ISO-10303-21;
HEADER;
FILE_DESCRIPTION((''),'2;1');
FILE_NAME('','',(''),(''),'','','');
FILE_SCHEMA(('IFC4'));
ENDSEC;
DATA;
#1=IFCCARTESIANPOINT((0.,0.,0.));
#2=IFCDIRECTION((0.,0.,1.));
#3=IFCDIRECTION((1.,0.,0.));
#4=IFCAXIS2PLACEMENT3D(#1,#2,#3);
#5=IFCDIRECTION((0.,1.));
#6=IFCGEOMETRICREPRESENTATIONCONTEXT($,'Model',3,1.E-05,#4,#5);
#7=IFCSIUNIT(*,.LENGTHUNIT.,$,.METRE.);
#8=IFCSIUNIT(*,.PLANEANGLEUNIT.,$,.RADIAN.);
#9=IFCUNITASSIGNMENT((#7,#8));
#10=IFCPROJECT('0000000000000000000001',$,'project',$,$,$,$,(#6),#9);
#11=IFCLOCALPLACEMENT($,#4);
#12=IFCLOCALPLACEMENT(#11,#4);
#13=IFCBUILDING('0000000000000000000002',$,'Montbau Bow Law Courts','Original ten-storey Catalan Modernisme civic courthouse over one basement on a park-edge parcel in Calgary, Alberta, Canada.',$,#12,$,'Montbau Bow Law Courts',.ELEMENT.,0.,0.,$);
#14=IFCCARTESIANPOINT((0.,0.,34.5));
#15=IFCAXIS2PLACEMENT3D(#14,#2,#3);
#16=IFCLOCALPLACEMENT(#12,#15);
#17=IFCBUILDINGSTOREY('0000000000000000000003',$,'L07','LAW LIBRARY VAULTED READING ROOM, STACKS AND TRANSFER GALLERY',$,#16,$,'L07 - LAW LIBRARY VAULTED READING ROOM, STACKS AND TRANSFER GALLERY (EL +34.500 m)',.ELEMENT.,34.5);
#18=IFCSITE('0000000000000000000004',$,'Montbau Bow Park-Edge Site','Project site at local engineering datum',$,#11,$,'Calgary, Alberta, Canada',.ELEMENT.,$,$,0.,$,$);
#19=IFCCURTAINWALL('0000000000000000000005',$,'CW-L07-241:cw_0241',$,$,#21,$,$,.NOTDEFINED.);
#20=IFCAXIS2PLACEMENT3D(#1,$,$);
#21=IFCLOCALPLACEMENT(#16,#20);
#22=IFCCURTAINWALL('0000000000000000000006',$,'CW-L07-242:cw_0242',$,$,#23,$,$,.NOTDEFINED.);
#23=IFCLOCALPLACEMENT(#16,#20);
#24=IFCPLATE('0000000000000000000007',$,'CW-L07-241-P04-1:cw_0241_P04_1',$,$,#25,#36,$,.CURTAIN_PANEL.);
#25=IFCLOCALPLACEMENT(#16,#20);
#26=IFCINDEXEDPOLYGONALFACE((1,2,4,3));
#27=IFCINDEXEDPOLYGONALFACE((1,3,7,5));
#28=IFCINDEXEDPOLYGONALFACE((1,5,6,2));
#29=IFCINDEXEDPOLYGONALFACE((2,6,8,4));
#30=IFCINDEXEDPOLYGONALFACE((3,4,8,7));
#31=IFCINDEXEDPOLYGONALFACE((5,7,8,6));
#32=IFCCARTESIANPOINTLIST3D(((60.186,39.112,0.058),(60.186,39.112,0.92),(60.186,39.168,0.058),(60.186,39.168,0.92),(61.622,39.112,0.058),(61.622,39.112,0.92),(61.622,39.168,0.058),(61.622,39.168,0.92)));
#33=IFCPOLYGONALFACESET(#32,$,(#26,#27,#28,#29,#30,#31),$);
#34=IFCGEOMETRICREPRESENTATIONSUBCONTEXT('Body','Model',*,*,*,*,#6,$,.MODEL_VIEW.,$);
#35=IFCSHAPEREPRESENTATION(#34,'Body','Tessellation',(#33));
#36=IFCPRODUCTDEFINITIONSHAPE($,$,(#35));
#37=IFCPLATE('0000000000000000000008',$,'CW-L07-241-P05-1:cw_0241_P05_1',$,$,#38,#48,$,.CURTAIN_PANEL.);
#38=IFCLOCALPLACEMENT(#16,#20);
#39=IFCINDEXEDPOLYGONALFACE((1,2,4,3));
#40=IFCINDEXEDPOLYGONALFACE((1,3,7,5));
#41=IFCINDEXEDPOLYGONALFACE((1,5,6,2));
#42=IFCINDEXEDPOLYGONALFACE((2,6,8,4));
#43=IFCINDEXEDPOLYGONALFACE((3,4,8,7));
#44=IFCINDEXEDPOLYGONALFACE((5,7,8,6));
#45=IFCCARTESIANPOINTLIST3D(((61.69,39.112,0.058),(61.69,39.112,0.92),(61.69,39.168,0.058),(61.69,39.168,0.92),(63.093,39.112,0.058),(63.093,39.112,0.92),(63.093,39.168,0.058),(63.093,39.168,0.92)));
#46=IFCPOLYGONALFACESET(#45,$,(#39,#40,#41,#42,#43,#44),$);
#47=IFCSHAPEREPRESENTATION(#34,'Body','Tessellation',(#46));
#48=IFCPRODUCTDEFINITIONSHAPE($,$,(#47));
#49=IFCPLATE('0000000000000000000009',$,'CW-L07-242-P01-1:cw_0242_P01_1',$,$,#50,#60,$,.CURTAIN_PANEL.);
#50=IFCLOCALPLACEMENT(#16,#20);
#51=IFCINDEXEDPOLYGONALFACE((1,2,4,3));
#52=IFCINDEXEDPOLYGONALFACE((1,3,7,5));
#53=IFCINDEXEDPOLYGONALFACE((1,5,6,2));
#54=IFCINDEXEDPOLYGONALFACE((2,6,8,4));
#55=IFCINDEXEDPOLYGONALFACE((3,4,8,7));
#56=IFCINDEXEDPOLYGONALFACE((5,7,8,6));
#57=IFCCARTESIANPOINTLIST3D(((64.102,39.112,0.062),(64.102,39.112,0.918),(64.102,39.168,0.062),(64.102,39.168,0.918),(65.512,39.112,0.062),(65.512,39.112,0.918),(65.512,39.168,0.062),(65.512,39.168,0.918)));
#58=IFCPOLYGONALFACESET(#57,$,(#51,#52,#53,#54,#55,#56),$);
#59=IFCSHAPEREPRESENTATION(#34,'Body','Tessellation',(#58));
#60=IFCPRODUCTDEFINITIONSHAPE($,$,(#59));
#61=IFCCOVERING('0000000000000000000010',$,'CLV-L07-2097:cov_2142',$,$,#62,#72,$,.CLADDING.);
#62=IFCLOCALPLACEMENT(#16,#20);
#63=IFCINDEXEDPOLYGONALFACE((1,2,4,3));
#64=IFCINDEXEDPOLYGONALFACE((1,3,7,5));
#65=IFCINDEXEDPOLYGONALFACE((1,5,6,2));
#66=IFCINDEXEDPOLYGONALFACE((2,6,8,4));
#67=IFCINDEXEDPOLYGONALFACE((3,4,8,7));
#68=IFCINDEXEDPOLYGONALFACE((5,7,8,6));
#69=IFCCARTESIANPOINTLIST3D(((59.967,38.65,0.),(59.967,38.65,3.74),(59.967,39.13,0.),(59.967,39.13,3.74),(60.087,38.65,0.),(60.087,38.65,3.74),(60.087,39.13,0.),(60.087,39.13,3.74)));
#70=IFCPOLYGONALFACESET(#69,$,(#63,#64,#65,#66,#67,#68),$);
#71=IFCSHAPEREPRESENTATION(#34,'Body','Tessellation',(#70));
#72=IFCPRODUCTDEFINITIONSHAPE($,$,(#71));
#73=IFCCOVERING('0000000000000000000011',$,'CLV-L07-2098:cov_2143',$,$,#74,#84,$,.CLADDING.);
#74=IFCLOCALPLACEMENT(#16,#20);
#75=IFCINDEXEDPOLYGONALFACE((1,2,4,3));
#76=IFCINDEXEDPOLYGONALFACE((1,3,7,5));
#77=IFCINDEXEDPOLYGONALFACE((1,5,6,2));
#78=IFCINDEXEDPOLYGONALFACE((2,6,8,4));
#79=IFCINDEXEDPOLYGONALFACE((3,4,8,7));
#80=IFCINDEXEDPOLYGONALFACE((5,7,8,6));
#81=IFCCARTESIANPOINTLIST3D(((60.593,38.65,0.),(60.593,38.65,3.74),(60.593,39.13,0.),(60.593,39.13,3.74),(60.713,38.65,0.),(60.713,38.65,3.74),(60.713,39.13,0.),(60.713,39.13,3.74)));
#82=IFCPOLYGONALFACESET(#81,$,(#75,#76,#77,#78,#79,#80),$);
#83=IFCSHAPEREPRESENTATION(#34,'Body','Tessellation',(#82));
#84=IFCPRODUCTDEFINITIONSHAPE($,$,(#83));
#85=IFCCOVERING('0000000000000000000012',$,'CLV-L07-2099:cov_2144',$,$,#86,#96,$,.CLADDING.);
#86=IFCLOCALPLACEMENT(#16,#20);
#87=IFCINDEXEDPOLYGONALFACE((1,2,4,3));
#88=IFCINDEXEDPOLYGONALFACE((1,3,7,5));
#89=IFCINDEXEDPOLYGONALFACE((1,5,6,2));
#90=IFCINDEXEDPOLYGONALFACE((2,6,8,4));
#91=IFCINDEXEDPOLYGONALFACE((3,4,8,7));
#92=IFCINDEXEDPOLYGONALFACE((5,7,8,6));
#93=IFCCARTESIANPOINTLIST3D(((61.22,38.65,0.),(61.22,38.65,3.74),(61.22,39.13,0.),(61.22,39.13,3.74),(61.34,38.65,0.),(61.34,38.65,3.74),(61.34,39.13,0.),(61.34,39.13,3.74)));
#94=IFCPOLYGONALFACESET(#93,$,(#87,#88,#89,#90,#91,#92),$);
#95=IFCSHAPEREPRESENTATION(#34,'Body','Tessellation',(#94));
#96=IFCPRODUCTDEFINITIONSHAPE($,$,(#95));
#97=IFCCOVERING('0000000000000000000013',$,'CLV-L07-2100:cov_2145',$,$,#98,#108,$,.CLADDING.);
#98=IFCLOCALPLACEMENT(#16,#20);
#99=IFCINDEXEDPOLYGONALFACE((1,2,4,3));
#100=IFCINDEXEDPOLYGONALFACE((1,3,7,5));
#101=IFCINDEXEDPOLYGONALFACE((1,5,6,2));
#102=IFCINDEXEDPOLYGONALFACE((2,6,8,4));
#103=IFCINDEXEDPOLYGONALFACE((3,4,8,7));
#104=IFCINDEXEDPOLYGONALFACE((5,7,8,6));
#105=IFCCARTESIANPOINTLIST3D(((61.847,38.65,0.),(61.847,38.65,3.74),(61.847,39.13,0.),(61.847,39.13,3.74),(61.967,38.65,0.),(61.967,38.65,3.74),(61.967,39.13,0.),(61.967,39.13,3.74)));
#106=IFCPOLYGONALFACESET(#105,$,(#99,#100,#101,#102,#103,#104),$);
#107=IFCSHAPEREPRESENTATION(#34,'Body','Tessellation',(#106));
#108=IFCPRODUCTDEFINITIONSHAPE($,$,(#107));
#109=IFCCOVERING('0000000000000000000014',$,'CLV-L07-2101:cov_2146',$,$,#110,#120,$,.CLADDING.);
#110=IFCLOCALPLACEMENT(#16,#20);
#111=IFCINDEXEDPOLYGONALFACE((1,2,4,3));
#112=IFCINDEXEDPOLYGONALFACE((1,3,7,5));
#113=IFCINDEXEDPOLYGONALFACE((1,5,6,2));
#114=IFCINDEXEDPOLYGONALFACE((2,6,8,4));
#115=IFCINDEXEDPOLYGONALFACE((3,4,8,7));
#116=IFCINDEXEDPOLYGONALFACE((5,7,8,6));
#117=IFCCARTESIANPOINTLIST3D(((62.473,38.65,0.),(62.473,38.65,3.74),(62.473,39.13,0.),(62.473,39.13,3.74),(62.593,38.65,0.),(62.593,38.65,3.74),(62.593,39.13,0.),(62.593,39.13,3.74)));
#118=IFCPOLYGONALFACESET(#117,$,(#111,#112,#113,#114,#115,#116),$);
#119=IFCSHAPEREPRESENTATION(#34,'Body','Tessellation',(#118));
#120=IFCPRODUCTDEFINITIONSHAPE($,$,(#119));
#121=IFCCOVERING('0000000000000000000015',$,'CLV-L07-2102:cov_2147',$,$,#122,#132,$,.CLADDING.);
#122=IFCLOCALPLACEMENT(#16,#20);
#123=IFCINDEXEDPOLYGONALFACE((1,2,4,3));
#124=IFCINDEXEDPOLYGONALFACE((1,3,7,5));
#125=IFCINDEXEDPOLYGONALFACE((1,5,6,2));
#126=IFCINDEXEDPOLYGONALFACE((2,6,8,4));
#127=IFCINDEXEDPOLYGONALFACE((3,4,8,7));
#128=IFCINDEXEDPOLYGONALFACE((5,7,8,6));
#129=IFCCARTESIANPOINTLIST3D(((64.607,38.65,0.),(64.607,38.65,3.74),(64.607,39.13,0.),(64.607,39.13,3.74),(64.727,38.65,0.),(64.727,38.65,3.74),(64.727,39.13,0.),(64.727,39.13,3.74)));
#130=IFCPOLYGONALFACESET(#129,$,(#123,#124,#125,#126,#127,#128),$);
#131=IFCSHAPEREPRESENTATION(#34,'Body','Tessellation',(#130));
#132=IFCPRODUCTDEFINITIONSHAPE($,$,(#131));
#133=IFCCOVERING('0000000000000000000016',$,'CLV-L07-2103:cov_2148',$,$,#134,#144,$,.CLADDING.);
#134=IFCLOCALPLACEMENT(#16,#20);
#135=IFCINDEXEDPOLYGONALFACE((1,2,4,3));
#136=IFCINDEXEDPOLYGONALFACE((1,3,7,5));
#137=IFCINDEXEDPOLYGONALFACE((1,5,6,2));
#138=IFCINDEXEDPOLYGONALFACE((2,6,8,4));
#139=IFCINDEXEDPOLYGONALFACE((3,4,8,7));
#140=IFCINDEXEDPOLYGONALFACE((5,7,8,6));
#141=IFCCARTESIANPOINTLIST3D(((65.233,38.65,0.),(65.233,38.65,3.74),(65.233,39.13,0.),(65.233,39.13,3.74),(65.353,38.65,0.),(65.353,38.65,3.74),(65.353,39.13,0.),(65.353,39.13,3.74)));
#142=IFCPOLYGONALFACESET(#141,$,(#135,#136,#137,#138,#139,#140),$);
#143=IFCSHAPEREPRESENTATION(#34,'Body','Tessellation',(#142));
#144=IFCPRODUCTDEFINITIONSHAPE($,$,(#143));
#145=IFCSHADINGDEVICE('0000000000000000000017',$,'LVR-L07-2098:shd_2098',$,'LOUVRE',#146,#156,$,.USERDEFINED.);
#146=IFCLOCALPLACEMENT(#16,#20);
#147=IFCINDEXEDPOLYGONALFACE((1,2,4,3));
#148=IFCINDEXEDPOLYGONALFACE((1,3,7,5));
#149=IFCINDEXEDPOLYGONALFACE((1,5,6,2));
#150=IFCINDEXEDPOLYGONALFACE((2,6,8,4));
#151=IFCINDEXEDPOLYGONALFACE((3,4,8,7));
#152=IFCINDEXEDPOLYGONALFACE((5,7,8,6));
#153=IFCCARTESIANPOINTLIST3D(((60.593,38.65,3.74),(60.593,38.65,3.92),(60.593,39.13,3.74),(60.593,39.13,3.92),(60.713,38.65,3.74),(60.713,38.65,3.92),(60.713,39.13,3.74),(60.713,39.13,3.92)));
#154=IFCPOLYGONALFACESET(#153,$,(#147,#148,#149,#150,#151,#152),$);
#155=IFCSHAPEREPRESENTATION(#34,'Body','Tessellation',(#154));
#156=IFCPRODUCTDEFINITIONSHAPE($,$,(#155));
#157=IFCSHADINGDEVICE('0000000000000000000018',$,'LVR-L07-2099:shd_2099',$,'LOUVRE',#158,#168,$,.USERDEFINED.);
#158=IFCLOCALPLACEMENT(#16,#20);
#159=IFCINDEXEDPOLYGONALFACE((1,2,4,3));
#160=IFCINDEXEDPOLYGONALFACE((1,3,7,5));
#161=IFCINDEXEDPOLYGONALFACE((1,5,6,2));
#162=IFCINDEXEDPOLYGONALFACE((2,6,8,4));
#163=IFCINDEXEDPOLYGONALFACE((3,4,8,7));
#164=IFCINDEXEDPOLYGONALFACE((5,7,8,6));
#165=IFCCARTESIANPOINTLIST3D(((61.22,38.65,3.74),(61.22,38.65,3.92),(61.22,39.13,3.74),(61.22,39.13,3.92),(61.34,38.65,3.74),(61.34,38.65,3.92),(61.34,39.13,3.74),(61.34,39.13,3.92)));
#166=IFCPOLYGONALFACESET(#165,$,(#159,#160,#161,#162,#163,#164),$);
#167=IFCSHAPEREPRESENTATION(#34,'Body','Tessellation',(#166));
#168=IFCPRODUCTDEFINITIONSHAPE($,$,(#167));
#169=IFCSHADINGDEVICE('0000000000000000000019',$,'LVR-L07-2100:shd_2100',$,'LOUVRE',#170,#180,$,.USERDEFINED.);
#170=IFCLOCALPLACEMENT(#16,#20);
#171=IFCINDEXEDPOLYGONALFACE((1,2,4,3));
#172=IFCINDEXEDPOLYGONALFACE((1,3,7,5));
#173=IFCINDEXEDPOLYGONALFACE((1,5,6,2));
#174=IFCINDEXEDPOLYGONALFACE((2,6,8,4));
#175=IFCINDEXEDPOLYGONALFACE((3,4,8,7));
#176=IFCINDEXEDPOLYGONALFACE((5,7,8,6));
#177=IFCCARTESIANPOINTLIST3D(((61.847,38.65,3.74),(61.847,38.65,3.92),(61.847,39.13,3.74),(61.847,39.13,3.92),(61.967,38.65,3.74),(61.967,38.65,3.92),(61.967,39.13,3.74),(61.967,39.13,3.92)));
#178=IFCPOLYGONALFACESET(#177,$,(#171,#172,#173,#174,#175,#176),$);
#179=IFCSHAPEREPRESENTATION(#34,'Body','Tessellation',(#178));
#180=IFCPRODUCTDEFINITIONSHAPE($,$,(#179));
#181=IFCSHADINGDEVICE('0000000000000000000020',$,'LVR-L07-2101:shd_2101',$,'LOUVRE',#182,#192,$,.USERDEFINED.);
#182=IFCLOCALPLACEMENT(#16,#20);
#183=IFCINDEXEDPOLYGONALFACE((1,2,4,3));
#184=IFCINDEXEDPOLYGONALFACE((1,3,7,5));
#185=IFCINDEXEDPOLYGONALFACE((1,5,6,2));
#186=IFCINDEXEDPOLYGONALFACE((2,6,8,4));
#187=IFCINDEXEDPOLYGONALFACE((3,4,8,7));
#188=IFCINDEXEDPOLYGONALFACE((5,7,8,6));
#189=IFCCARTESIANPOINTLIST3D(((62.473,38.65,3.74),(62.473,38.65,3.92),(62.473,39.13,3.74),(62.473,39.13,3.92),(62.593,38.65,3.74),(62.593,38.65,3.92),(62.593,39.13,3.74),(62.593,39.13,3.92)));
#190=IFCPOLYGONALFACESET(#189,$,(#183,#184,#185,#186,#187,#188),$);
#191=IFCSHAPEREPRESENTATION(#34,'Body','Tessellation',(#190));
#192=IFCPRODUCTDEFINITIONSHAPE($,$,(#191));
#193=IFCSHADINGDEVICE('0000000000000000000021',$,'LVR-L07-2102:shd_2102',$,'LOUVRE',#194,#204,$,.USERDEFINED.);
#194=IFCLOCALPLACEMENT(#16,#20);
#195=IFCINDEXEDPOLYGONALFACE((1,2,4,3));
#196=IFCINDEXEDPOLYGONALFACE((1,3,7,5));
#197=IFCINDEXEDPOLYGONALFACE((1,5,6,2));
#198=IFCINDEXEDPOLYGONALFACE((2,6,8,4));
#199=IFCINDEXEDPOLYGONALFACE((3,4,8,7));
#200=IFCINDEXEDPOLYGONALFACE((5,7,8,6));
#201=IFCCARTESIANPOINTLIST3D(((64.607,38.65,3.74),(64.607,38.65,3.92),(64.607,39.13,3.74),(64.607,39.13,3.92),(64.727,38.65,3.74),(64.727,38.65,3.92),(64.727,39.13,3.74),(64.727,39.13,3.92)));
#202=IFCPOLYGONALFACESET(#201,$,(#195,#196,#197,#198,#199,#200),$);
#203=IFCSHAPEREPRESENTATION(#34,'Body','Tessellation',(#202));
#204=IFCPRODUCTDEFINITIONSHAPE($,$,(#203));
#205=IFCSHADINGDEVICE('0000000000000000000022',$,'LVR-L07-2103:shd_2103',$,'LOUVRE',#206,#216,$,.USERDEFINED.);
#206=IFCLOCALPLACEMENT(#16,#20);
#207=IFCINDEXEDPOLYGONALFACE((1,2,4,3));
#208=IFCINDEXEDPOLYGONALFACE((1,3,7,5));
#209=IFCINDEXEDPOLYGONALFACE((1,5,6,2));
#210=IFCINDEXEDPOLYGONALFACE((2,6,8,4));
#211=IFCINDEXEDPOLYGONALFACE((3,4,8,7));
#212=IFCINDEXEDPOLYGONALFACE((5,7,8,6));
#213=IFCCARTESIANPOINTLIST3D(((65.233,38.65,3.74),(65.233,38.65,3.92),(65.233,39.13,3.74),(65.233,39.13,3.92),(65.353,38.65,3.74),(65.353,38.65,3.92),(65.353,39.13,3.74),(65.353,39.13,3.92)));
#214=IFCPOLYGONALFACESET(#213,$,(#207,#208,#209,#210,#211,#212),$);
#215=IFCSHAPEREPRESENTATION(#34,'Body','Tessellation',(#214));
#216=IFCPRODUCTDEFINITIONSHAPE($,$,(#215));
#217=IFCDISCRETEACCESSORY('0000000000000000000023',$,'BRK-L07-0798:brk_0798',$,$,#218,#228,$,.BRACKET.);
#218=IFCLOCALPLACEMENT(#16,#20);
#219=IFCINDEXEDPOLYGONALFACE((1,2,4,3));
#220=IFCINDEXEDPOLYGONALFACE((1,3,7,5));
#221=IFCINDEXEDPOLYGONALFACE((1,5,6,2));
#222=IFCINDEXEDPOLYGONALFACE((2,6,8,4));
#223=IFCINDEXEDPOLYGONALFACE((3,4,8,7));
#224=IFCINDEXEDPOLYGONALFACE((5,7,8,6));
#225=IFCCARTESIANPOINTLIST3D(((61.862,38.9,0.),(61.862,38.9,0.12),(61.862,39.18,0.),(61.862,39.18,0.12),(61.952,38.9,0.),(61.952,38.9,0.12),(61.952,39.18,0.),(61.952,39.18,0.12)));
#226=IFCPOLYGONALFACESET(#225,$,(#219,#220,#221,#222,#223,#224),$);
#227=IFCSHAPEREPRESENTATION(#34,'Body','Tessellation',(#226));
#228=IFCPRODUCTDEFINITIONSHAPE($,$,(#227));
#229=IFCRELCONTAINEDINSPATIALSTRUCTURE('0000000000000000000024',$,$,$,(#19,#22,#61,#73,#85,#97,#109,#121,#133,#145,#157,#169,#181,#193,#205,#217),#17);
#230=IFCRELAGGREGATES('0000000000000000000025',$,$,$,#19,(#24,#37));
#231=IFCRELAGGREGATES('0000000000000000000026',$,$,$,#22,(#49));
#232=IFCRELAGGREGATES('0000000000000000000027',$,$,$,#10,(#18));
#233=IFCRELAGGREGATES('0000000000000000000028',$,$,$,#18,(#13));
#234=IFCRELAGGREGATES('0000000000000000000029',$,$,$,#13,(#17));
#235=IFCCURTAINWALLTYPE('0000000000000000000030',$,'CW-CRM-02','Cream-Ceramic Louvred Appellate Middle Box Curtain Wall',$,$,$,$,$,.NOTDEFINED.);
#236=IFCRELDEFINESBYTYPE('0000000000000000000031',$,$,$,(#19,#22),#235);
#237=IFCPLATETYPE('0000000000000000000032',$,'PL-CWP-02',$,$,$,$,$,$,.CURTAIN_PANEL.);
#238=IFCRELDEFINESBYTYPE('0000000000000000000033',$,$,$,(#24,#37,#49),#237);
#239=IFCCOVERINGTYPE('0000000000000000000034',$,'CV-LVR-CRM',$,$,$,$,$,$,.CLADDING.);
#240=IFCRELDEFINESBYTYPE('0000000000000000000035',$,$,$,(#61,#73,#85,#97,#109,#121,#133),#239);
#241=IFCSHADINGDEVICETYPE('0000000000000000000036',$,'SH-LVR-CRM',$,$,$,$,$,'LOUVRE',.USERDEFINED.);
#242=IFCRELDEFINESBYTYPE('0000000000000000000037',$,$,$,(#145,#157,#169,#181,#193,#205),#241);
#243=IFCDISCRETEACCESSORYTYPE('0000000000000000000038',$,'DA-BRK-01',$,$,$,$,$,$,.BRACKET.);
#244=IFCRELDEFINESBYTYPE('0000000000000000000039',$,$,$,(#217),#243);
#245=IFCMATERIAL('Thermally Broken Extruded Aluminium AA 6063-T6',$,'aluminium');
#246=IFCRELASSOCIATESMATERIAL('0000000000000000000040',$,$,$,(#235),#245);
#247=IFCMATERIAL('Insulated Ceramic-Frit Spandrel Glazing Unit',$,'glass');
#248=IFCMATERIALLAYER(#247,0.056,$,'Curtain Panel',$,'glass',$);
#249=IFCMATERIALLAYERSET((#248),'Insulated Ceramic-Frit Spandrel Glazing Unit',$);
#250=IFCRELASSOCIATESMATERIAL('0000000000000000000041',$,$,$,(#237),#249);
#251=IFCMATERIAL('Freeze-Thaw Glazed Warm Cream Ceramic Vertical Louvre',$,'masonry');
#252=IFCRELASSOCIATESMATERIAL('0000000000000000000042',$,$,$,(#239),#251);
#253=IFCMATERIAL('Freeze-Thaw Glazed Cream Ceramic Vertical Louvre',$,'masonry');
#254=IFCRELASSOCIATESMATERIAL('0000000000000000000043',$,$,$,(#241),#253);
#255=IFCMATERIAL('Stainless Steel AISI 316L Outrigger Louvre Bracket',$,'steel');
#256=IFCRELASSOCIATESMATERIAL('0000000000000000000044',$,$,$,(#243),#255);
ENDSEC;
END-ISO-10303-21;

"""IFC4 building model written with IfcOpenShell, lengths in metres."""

from ifc_helpers import new_model, si_unit, direction, frame, frame_2d, origin_with_axes, origin_2d_with_axis, place, context, subcontext, project, spatial, rectangle, extrude, material, layer, layer_set, type_object, element, aggregate, save


model = new_model("IFC4")

# Units and contexts
model_context = context("Model", 3, precision=1e-05, world=origin_with_axes(), true_north=direction((0.0, 1.0)))
body_context = subcontext(model_context, "Body", "Model", "MODEL_VIEW")
ifc_project = project(units=[si_unit("LENGTHUNIT", "METRE"), si_unit("PLANEANGLEUNIT", "RADIAN")], contexts=[model_context])

# Site, building, storey
site_placement = place(None, origin_with_axes())
site = spatial("IfcSite", under=ifc_project, at=site_placement, Name="Montbau Bow Park-Edge Site", Description="Project site at local engineering datum", LongName="Calgary, Alberta, Canada", CompositionType="ELEMENT", RefElevation=0.0)
building_placement = place(site_placement, origin_with_axes())
building = spatial("IfcBuilding", under=site, at=building_placement, Name="Montbau Bow Law Courts", Description="Original ten-storey Catalan Modernisme civic courthouse over one basement on a park-edge parcel in Calgary, Alberta, Canada.", LongName="Montbau Bow Law Courts", CompositionType="ELEMENT", ElevationOfRefHeight=0.0, ElevationOfTerrain=0.0)
storey_placement = place(building_placement, frame((0.0, 0.0, 34.5), z_axis=(0.0, 0.0, 1.0), x_axis=(1.0, 0.0, 0.0)))
storey = spatial("IfcBuildingStorey", under=building, at=storey_placement, Name="L07", Description="LAW LIBRARY VAULTED READING ROOM, STACKS AND TRANSFER GALLERY", LongName="L07 - LAW LIBRARY VAULTED READING ROOM, STACKS AND TRANSFER GALLERY (EL +34.500 m)", CompositionType="ELEMENT", Elevation=34.5)

# Curtain wall
ifc_material_1 = material(Name="Thermally Broken Extruded Aluminium AA 6063-T6", Category="aluminium")
curtain_wall_type = type_object("IfcCurtainWallType", Name="CW-CRM-02", Description="Cream-Ceramic Louvred Appellate Middle Box Curtain Wall", PredefinedType="NOTDEFINED", material=ifc_material_1)
curtain_wall_1_placement = place(None, frame((55.64, 39.14, 34.5), z_axis=(0.0, 0.0, 1.0), x_axis=(1.0, 0.0, 0.0)))
curtain_wall_1 = element("IfcCurtainWall", 1, at=curtain_wall_1_placement, inside=storey, type_object=curtain_wall_type, Name="CW-L07-241:cw_0241", PredefinedType="NOTDEFINED")

# Curtain wall
curtain_wall_2_placement = place(None, frame((64.04, 39.14, 34.5), z_axis=(0.0, 0.0, 1.0), x_axis=(1.0, 0.0, 0.0)))
curtain_wall_2 = element("IfcCurtainWall", 2, at=curtain_wall_2_placement, inside=storey, type_object=curtain_wall_type, Name="CW-L07-242:cw_0242", PredefinedType="NOTDEFINED")

# Plates
ifc_material_2 = material(Name="Insulated Ceramic-Frit Spandrel Glazing Unit", Category="glass")
ifc_layer_1 = layer(ifc_material_2, 0.056, Name="Curtain Panel", Category="glass")
ifc_layer_set_1 = layer_set([ifc_layer_1], Name="Insulated Ceramic-Frit Spandrel Glazing Unit")
plate_type_1 = type_object("IfcPlateType", Name="PL-CWP-02", PredefinedType="CURTAIN_PANEL", material=ifc_layer_set_1)
plate_1_placement = place(None, frame((60.186, 39.14, 34.558), z_axis=(0.0, -1.0, 0.0), x_axis=(1.0, 0.0, 0.0)))
plate_1 = element("IfcPlate", 3, at=plate_1_placement, type_object=plate_type_1, Name="CW-L07-241-P04-1:cw_0241_P04_1", PredefinedType="CURTAIN_PANEL", context=body_context, shape_type="SweptSolid", body=[
    extrude(rectangle(XDim=1.436, YDim=0.862, at=frame_2d((0.718, 0.431), x_axis=(1.0, 0.0))), frame((0.0, 0.0, -0.028), z_axis=(0.0, 0.0, 1.0), x_axis=(1.0, 0.0, 0.0)), (0.0, 0.0, 1.0), 0.056),
])
plate_2_placement = place(None, frame((61.69, 39.14, 34.558), z_axis=(0.0, -1.0, 0.0), x_axis=(1.0, 0.0, 0.0)))
plate_2 = element("IfcPlate", 4, at=plate_2_placement, type_object=plate_type_1, Name="CW-L07-241-P05-1:cw_0241_P05_1", PredefinedType="CURTAIN_PANEL", context=body_context, shape_type="SweptSolid", body=[
    extrude(rectangle(XDim=1.403, YDim=0.862, at=frame_2d((0.7015, 0.431), x_axis=(1.0, 0.0))), frame((0.0, 0.0, -0.028), z_axis=(0.0, 0.0, 1.0), x_axis=(1.0, 0.0, 0.0)), (0.0, 0.0, 1.0), 0.056),
])
aggregate(curtain_wall_1, [plate_1, plate_2])
plate_3_placement = place(None, frame((64.102, 39.14, 34.562), z_axis=(0.0, -1.0, 0.0), x_axis=(1.0, 0.0, 0.0)))
plate_3 = element("IfcPlate", 5, at=plate_3_placement, type_object=plate_type_1, Name="CW-L07-242-P01-1:cw_0242_P01_1", PredefinedType="CURTAIN_PANEL", context=body_context, shape_type="SweptSolid", body=[
    extrude(rectangle(XDim=1.41, YDim=0.856, at=frame_2d((0.705, 0.428), x_axis=(1.0, 0.0))), frame((0.0, 0.0, -0.028), z_axis=(0.0, 0.0, 1.0), x_axis=(1.0, 0.0, 0.0)), (0.0, 0.0, 1.0), 0.056),
])
aggregate(curtain_wall_2, [plate_3])

# Coverings
ifc_material_3 = material(Name="Freeze-Thaw Glazed Warm Cream Ceramic Vertical Louvre", Category="masonry")
covering_type = type_object("IfcCoveringType", Name="CV-LVR-CRM", PredefinedType="CLADDING", material=ifc_material_3)
for number, where, z_axis, x_axis, name in (
    (6, (60.027, 39.13, 34.5), (-1.0, 0.0, 0.0), (0.0, -1.0, 0.0), "CLV-L07-2097:cov_2142"),
    (7, (60.653, 39.13, 34.5), (-1.0, 0.0, 0.0), (0.0, -1.0, 0.0), "CLV-L07-2098:cov_2143"),
    (8, (61.28, 39.13, 34.5), (-1.0, 0.0, 0.0), (0.0, -1.0, 0.0), "CLV-L07-2099:cov_2144"),
    (9, (61.907, 39.13, 34.5), (-1.0, 0.0, 0.0), (0.0, -1.0, 0.0), "CLV-L07-2100:cov_2145"),
    (10, (62.533, 39.13, 34.5), (-1.0, 0.0, 0.0), (0.0, -1.0, 0.0), "CLV-L07-2101:cov_2146"),
    (11, (64.667, 39.13, 34.5), (-1.0, 0.0, 0.0), (0.0, -1.0, 0.0), "CLV-L07-2102:cov_2147"),
    (12, (65.293, 39.13, 34.5), (-1.0, 0.0, 0.0), (0.0, -1.0, 0.0), "CLV-L07-2103:cov_2148"),
):
    element("IfcCovering", number, at=place(None, frame(where, z_axis=z_axis, x_axis=x_axis)), inside=storey, type_object=covering_type, Name=name, PredefinedType="CLADDING", context=body_context, shape_type="SweptSolid", body=[
        extrude(rectangle(XDim=0.48, YDim=3.74, at=frame_2d((0.24, 1.87), x_axis=(1.0, 0.0))), frame((0.0, 0.0, -0.06), z_axis=(0.0, 0.0, 1.0), x_axis=(1.0, 0.0, 0.0)), (0.0, 0.0, 1.0), 0.12),
    ])

# Shading devices
ifc_material_4 = material(Name="Freeze-Thaw Glazed Cream Ceramic Vertical Louvre", Category="masonry")
shading_device_type = type_object("IfcShadingDeviceType", Name="SH-LVR-CRM", ElementType="LOUVRE", PredefinedType="USERDEFINED", material=ifc_material_4)
for number, where, z_axis, x_axis, name in (
    (13, (60.653, 38.89, 38.24), (0.0, 0.0, 1.0), (0.0, -1.0, 0.0), "LVR-L07-2098:shd_2098"),
    (14, (61.28, 38.89, 38.24), (0.0, 0.0, 1.0), (0.0, -1.0, 0.0), "LVR-L07-2099:shd_2099"),
    (15, (61.907, 38.89, 38.24), (0.0, 0.0, 1.0), (0.0, -1.0, 0.0), "LVR-L07-2100:shd_2100"),
    (16, (62.533, 38.89, 38.24), (0.0, 0.0, 1.0), (0.0, -1.0, 0.0), "LVR-L07-2101:shd_2101"),
    (17, (64.667, 38.89, 38.24), (0.0, 0.0, 1.0), (0.0, -1.0, 0.0), "LVR-L07-2102:shd_2102"),
    (18, (65.293, 38.89, 38.24), (0.0, 0.0, 1.0), (0.0, -1.0, 0.0), "LVR-L07-2103:shd_2103"),
):
    element("IfcShadingDevice", number, at=place(None, frame(where, z_axis=z_axis, x_axis=x_axis)), inside=storey, type_object=shading_device_type, Name=name, ObjectType="LOUVRE", PredefinedType="USERDEFINED", context=body_context, shape_type="SweptSolid", body=[
        extrude(rectangle(XDim=0.48, YDim=0.12, at=origin_2d_with_axis()), origin_with_axes(), (0.0, 0.0, 1.0), 0.18),
    ])

# Discrete accessory
ifc_material_5 = material(Name="Stainless Steel AISI 316L Outrigger Louvre Bracket", Category="steel")
discrete_accessory_type = type_object("IfcDiscreteAccessoryType", Name="DA-BRK-01", PredefinedType="BRACKET", material=ifc_material_5)
for number, where, z_axis, x_axis, name in (
    (19, (61.907, 39.04, 34.5), (0.0, 0.0, 1.0), (0.0, -1.0, 0.0), "BRK-L07-0798:brk_0798"),
):
    element("IfcDiscreteAccessory", number, at=place(None, frame(where, z_axis=z_axis, x_axis=x_axis)), inside=storey, type_object=discrete_accessory_type, Name=name, PredefinedType="BRACKET", context=body_context, shape_type="SweptSolid", body=[
        extrude(rectangle(XDim=0.28, YDim=0.09, at=origin_2d_with_axis()), origin_with_axes(), (0.0, 0.0, 1.0), 0.12),
    ])

save(model, "model.ifc")
